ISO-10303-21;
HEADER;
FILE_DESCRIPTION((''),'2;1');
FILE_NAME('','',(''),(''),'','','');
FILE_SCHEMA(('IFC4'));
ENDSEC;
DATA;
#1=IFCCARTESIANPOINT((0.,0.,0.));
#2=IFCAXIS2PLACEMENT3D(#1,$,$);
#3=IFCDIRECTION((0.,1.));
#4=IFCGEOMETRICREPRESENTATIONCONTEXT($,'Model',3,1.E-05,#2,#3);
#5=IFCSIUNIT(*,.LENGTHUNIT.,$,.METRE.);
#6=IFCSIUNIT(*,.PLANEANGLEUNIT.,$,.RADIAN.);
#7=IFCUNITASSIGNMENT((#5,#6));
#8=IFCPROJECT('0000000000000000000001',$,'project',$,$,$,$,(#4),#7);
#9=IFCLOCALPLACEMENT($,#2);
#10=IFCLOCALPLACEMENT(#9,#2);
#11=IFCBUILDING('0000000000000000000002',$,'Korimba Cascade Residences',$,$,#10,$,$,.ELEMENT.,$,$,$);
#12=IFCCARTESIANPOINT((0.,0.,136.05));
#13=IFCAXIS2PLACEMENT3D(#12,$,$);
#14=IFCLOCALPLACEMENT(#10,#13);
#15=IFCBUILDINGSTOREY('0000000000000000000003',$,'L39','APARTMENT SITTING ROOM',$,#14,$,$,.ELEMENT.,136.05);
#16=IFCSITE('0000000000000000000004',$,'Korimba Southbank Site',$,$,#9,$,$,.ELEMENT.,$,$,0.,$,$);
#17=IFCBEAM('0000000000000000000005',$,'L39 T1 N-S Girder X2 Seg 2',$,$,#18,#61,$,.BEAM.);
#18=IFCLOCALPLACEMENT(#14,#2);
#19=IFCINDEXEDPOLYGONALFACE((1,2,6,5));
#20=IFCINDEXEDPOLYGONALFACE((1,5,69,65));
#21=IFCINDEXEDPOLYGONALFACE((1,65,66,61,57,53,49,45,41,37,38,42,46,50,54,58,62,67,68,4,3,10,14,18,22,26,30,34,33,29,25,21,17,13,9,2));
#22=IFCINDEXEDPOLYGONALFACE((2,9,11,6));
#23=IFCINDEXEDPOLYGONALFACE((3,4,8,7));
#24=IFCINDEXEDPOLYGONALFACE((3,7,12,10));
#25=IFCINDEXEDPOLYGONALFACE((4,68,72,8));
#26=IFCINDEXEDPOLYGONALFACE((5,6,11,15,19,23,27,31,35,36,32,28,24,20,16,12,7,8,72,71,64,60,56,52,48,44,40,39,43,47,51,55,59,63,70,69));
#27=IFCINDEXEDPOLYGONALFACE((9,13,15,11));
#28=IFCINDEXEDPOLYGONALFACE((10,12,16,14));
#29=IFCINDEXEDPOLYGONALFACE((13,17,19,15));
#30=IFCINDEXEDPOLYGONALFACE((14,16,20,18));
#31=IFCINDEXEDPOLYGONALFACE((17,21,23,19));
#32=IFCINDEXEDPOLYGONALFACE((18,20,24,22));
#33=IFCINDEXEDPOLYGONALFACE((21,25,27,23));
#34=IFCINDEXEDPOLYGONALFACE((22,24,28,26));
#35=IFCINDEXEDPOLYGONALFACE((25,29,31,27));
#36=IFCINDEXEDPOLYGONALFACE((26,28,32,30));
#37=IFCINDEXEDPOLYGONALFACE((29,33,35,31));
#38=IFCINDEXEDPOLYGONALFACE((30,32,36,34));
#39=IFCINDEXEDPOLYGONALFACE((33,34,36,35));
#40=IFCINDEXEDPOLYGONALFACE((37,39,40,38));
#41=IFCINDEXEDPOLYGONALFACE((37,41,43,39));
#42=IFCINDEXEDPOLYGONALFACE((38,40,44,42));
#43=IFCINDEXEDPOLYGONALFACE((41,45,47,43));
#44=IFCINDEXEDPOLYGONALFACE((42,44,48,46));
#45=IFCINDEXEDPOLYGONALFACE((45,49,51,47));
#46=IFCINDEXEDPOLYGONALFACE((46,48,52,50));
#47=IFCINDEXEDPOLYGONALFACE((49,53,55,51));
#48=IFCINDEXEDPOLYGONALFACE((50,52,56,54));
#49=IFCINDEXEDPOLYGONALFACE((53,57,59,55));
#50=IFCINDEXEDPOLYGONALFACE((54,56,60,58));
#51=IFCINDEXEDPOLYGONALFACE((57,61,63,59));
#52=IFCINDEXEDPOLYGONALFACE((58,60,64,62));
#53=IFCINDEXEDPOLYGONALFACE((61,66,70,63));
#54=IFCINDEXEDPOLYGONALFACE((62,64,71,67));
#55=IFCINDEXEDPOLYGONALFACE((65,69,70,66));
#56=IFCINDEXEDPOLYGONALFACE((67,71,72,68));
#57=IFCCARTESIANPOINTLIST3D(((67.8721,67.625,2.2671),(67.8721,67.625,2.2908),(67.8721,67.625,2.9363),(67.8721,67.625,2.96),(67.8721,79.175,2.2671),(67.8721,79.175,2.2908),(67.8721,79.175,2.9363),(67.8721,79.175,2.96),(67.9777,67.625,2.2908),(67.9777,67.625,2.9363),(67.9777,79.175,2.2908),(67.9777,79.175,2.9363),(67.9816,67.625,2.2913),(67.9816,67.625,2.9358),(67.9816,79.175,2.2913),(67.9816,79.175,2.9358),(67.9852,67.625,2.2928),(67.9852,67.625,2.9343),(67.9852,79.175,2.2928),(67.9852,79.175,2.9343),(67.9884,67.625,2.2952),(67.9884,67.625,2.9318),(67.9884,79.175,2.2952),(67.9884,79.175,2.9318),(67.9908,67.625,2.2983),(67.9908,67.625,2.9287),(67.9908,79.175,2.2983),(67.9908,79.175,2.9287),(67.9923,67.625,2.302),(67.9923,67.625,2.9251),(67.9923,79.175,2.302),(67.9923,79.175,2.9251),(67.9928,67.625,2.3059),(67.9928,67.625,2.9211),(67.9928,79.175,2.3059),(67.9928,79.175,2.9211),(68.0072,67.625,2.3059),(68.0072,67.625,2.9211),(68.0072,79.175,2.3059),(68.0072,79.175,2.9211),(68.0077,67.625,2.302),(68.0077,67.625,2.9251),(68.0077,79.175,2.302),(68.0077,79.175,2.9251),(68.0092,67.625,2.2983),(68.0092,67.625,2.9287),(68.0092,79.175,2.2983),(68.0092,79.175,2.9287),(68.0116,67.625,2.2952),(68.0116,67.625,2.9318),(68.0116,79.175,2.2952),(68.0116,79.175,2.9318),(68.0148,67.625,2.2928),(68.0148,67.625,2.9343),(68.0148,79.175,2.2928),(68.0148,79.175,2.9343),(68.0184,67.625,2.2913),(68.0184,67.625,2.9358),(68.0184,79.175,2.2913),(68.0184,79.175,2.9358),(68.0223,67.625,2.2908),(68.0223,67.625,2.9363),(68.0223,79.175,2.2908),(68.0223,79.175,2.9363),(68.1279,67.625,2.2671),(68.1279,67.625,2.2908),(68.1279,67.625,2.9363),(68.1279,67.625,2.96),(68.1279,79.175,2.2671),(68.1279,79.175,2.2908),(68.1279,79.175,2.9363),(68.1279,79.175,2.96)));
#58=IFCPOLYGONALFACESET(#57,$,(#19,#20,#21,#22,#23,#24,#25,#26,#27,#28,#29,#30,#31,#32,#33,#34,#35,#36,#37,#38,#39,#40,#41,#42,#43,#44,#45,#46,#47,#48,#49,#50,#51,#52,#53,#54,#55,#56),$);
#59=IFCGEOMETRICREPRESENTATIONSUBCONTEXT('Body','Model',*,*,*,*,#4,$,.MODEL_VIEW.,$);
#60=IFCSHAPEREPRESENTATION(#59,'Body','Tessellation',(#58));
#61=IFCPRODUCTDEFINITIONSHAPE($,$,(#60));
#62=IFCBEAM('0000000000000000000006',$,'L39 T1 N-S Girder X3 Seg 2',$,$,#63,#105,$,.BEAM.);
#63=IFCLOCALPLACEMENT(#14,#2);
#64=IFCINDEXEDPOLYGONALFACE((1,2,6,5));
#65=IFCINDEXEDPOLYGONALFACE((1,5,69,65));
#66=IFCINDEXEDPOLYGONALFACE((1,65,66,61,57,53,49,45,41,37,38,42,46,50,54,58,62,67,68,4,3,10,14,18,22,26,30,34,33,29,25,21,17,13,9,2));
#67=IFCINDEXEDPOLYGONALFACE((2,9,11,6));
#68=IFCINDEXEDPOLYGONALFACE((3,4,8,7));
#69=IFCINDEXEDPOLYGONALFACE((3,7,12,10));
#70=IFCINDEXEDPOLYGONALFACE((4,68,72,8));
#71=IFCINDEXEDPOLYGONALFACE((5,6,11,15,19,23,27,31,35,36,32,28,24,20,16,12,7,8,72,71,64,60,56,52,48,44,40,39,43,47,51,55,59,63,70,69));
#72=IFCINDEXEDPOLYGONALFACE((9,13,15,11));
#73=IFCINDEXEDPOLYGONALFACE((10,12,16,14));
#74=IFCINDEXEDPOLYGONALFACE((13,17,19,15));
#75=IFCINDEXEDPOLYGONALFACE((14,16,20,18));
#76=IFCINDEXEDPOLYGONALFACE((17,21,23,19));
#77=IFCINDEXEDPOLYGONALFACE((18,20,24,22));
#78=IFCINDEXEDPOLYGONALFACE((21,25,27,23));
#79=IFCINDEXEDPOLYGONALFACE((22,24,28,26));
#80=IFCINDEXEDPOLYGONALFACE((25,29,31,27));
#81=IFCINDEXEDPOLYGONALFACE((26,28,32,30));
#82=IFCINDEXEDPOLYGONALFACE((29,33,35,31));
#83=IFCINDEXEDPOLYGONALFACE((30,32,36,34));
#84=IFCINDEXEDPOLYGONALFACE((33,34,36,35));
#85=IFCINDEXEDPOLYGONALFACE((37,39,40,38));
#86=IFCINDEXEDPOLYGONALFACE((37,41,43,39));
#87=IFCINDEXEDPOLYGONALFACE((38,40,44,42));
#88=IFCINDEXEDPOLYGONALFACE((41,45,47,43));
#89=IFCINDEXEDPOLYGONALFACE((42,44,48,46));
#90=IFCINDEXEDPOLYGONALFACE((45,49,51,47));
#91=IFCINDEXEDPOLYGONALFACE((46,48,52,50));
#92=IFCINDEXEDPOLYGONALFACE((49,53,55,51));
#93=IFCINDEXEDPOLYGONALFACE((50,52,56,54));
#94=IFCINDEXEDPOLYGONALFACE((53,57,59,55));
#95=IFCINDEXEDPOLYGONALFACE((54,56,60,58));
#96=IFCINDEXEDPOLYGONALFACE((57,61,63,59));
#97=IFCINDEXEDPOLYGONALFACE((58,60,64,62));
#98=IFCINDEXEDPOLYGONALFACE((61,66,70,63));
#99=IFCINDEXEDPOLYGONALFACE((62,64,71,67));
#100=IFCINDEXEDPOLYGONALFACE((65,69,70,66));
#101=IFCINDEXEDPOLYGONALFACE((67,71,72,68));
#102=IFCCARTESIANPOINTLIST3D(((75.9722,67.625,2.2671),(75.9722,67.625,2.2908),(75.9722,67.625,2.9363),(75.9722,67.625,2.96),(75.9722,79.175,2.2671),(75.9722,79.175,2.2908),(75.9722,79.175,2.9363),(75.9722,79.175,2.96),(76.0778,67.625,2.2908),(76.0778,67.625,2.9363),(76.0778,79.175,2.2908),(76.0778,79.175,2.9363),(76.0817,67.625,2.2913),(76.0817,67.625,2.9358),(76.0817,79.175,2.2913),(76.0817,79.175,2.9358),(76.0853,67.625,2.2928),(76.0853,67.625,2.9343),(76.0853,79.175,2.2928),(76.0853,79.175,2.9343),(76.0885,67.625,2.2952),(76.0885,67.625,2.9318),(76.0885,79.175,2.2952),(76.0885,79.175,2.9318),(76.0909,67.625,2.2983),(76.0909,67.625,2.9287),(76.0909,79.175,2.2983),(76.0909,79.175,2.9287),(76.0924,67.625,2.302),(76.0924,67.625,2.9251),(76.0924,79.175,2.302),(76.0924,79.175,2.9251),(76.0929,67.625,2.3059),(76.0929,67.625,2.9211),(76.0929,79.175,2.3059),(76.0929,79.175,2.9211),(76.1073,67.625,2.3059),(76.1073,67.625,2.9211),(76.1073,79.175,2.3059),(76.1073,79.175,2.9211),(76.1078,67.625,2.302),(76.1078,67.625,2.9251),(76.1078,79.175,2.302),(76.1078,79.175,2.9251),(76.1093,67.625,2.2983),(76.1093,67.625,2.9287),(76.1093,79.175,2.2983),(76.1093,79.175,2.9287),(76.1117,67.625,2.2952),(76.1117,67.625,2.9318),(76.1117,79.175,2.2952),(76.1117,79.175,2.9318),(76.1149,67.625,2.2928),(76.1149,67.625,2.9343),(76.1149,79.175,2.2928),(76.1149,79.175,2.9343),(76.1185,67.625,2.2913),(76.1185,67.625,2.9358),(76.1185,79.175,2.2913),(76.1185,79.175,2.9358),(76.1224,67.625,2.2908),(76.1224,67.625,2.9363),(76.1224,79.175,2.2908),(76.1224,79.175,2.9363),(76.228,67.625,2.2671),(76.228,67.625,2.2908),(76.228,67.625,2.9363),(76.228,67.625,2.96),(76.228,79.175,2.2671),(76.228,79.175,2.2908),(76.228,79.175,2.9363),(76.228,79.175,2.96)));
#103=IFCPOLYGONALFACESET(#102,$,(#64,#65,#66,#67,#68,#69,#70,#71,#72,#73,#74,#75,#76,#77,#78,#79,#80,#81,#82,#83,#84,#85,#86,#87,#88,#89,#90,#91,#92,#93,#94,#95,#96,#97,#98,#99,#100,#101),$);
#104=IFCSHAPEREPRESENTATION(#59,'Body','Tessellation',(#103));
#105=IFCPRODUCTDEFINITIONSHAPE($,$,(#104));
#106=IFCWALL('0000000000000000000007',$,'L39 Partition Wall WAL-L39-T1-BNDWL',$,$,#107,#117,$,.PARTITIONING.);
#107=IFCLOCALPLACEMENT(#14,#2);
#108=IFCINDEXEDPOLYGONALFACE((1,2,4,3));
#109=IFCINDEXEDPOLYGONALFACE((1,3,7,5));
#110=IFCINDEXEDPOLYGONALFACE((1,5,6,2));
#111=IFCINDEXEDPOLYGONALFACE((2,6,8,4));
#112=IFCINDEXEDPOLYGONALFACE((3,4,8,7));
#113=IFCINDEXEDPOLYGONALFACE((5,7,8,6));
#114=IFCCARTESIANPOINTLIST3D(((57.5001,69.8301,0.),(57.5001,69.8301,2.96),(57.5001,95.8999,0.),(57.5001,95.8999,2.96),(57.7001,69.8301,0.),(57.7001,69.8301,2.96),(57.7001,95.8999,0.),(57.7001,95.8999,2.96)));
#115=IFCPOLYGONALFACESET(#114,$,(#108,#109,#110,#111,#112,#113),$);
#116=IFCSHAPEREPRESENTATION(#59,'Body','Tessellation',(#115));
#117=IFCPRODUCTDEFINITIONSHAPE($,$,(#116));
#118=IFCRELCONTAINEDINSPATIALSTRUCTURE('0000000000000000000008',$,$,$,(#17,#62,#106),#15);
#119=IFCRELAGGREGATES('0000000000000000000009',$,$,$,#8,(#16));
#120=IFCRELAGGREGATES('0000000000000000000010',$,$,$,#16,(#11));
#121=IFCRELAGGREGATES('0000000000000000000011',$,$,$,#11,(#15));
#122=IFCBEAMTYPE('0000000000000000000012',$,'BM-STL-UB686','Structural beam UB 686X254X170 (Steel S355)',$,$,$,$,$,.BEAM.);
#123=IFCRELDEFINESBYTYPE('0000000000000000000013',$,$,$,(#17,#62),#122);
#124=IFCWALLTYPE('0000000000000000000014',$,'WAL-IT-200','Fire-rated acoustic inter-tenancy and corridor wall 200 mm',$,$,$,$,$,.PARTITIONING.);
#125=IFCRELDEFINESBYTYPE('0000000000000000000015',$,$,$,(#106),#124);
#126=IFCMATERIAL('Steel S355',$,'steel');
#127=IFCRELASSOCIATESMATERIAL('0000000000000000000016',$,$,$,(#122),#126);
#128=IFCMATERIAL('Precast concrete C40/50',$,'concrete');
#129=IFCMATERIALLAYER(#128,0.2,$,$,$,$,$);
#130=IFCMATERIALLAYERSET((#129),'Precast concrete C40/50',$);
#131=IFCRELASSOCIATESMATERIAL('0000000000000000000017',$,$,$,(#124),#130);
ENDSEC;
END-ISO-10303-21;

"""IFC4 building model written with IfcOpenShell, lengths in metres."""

from ifc_helpers import new_model, si_unit, direction, frame, frame_2d, origin, origin_2d, place, context, subcontext, project, spatial, rectangle, i_section, extrude, material, layer, layer_set, material_profile, profile_set, type_object, element, save


model = new_model("IFC4")

# Units and contexts
model_context = context("Model", 3, precision=1e-05, world=origin(), true_north=direction((0.0, 1.0)))
body_context = subcontext(model_context, "Body", "Model", "MODEL_VIEW")
ifc_project = project(units=[si_unit("LENGTHUNIT", "METRE"), si_unit("PLANEANGLEUNIT", "RADIAN")], contexts=[model_context])

# Site, building, storey
site_placement = place(None, origin())
site = spatial("IfcSite", under=ifc_project, at=site_placement, Name="Korimba Southbank Site", CompositionType="ELEMENT", RefElevation=0.0)
building_placement = place(site_placement, origin())
building = spatial("IfcBuilding", under=site, at=building_placement, Name="Korimba Cascade Residences", CompositionType="ELEMENT")
storey_placement = place(building_placement, frame((0.0, 0.0, 136.05)))
storey = spatial("IfcBuildingStorey", under=building, at=storey_placement, Name="L39", Description="APARTMENT SITTING ROOM", CompositionType="ELEMENT", Elevation=136.05)

# Beams
ifc_material_1 = material(Name="Steel S355", Category="steel")
ifc_material_profile_1 = material_profile(ifc_material_1, i_section(OverallWidth=0.2559, OverallDepth=0.6929, WebThickness=0.0144, FlangeThickness=0.0237, FilletRadius=0.0151, at=origin_2d()), Name="Steel S355")
ifc_profile_set_1 = profile_set([ifc_material_profile_1], Name="Steel S355")
beam_type_1 = type_object("IfcBeamType", Name="BM-STL-UB686", Description="Structural beam UB 686X254X170 (Steel S355)", PredefinedType="BEAM", material=ifc_profile_set_1)
for number, where, z_axis, x_axis, name in (
    (1, (68.0, 67.625, 2.6135), (0.0, 1.0, 0.0), (-1.0, 0.0, 0.0), "L39 T1 N-S Girder X2 Seg 2"),
    (2, (76.1001, 67.625, 2.6135), (0.0, 1.0, 0.0), (-1.0, 0.0, 0.0), "L39 T1 N-S Girder X3 Seg 2"),
):
    element("IfcBeam", number, at=place(storey_placement, frame(where, z_axis=z_axis, x_axis=x_axis)), inside=storey, type_object=beam_type_1, Name=name, PredefinedType="BEAM", context=body_context, shape_type="SweptSolid", body=[
        extrude(i_section(OverallWidth=0.2559, OverallDepth=0.6929, WebThickness=0.0144, FlangeThickness=0.0237, FilletRadius=0.0151, at=origin_2d()), origin(), (0.0, 0.0, 1.0), 11.55),
    ])

# Wall
ifc_material_2 = material(Name="Precast concrete C40/50", Category="concrete")
ifc_layer_1 = layer(ifc_material_2, 0.2)
ifc_layer_set_1 = layer_set([ifc_layer_1], Name="Precast concrete C40/50")
wall_type_1 = type_object("IfcWallType", Name="WAL-IT-200", Description="Fire-rated acoustic inter-tenancy and corridor wall 200 mm", PredefinedType="PARTITIONING", material=ifc_layer_set_1)
wall_1_placement = place(storey_placement, frame((57.6001, 69.8301, 0.0), z_axis=(0.0, 0.0, 1.0), x_axis=(0.0, 1.0, 0.0)))
element("IfcWall", 3, at=wall_1_placement, inside=storey, type_object=wall_type_1, Name="L39 Partition Wall WAL-L39-T1-BNDWL", PredefinedType="PARTITIONING", context=body_context, shape_type="SweptSolid", body=[
    extrude(rectangle(XDim=26.0698, YDim=0.2, at=frame_2d((13.0349, 0.0))), origin(), (0.0, 0.0, 1.0), 2.96),
])

save(model, "model.ifc")
